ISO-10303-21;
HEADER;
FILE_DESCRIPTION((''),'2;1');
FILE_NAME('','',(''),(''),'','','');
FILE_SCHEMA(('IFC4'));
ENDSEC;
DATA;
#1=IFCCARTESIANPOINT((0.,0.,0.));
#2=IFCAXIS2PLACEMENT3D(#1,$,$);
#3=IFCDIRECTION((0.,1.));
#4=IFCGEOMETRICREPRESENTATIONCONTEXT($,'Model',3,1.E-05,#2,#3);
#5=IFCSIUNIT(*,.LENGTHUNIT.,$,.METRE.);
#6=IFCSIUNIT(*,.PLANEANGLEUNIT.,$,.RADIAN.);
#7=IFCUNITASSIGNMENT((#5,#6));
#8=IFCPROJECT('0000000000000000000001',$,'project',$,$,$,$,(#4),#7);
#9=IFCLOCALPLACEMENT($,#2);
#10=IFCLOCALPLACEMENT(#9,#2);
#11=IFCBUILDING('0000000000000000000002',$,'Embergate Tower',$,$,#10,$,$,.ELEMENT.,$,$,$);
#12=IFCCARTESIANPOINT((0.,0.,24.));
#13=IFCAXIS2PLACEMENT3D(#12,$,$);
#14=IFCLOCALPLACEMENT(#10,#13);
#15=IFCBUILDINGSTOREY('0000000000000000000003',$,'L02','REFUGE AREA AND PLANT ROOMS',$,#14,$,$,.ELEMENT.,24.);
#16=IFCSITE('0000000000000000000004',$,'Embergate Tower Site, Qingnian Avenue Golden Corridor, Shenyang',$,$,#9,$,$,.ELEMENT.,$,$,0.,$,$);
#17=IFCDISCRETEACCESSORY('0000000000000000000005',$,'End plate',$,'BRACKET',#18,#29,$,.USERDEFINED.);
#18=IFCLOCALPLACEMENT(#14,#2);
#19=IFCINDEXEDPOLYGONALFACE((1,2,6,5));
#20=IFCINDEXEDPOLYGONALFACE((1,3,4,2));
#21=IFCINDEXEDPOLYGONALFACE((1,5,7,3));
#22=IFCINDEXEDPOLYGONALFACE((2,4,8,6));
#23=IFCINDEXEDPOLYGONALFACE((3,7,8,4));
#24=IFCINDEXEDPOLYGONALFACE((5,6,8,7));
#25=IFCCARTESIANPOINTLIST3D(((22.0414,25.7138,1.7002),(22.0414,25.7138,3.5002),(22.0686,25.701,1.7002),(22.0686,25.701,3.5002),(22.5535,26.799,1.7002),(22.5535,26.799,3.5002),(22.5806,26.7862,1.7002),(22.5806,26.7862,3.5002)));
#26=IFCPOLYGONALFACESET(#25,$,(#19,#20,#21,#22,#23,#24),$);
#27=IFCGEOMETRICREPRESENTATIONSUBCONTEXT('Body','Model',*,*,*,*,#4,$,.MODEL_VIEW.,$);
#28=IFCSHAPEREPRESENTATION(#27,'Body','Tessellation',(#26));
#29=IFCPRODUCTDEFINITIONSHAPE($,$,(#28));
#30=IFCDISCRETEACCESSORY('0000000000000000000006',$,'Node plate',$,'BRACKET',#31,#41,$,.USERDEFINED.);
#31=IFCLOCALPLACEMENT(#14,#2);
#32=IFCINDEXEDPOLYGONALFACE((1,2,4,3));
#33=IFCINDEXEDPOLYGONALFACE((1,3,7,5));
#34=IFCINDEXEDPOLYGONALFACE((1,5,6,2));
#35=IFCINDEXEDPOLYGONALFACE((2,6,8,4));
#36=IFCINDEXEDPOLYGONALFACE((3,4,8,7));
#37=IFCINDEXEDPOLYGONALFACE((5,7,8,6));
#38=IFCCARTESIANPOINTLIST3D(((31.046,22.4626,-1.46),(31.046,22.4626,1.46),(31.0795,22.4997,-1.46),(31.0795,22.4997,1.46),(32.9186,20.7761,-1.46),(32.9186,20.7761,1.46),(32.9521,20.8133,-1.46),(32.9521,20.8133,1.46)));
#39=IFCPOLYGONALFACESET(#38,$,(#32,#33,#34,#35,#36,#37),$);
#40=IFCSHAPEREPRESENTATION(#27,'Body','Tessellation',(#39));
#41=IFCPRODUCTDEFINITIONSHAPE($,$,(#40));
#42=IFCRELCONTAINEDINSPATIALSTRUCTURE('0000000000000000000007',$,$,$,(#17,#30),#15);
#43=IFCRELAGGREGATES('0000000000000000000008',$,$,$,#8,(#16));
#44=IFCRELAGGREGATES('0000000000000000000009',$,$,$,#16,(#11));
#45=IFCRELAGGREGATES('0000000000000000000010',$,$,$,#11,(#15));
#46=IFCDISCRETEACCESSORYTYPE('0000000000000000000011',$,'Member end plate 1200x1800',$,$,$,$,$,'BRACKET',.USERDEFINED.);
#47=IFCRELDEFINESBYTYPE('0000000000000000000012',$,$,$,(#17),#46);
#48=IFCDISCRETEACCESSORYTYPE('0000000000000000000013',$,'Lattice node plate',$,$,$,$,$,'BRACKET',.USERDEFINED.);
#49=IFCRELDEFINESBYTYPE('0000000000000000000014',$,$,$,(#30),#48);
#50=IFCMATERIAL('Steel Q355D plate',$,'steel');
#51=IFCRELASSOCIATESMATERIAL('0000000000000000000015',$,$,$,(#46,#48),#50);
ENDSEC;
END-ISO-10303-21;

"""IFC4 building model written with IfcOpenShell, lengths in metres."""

from ifc_helpers import new_model, si_unit, direction, frame, origin, origin_2d, place, context, subcontext, project, spatial, rectangle, extrude, source, transform, mapped, material, type_object, element, save


model = new_model("IFC4")

# Units and contexts
model_context = context("Model", 3, precision=1e-05, world=origin(), true_north=direction((0.0, 1.0)))
body_context = subcontext(model_context, "Body", "Model", "MODEL_VIEW")
ifc_project = project(units=[si_unit("LENGTHUNIT", "METRE"), si_unit("PLANEANGLEUNIT", "RADIAN")], contexts=[model_context])

# Site, building, storey
site_placement = place(None, origin())
site = spatial("IfcSite", under=ifc_project, at=site_placement, Name="Embergate Tower Site, Qingnian Avenue Golden Corridor, Shenyang", CompositionType="ELEMENT", RefElevation=0.0)
building_placement = place(site_placement, origin())
building = spatial("IfcBuilding", under=site, at=building_placement, Name="Embergate Tower", CompositionType="ELEMENT")
storey_placement = place(building_placement, frame((0.0, 0.0, 24.0)))
storey = spatial("IfcBuildingStorey", under=building, at=storey_placement, Name="L02", Description="REFUGE AREA AND PLANT ROOMS", CompositionType="ELEMENT", Elevation=24.0)

# Discrete accessories
ifc_material_1 = material(Name="Steel Q355D plate", Category="steel")
discrete_accessory_type_1 = type_object("IfcDiscreteAccessoryType", Name="Member end plate 1200x1800", ElementType="BRACKET", PredefinedType="USERDEFINED", material=ifc_material_1)
shared_shape_1 = source(origin(), body_context, "Body", "SweptSolid", [
    extrude(rectangle(XDim=0.03, YDim=1.2, at=origin_2d()), origin(), (0.0, 0.0, 1.0), 1.8),
])
discrete_accessory_1_placement = place(storey_placement, frame((22.311, 26.25, 1.7002), z_axis=(0.0, 0.0, 1.0), x_axis=(-0.904373, 0.426742, 0.0)))
element("IfcDiscreteAccessory", 1, at=discrete_accessory_1_placement, inside=storey, type_object=discrete_accessory_type_1, Name="End plate", ObjectType="BRACKET", PredefinedType="USERDEFINED", context=body_context, shape_type="MappedRepresentation", body=[
    mapped(shared_shape_1, transform((0.0, 0.0, 0.0))),
])
discrete_accessory_type_2 = type_object("IfcDiscreteAccessoryType", Name="Lattice node plate", ElementType="BRACKET", PredefinedType="USERDEFINED", material=ifc_material_1)
shared_shape_2 = source(origin(), body_context, "Body", "SweptSolid", [
    extrude(rectangle(XDim=2.52, YDim=0.05, at=origin_2d()), origin(), (0.0, 0.0, 1.0), 2.9199),
])
discrete_accessory_2_placement = place(storey_placement, frame((31.999, 21.6379, -1.46), z_axis=(0.0, 0.0, 1.0), x_axis=(-0.743075, 0.669208, 0.0)))
element("IfcDiscreteAccessory", 2, at=discrete_accessory_2_placement, inside=storey, type_object=discrete_accessory_type_2, Name="Node plate", ObjectType="BRACKET", PredefinedType="USERDEFINED", context=body_context, shape_type="MappedRepresentation", body=[
    mapped(shared_shape_2, transform((0.0, 0.0, 0.0))),
])

save(model, "model.ifc")
